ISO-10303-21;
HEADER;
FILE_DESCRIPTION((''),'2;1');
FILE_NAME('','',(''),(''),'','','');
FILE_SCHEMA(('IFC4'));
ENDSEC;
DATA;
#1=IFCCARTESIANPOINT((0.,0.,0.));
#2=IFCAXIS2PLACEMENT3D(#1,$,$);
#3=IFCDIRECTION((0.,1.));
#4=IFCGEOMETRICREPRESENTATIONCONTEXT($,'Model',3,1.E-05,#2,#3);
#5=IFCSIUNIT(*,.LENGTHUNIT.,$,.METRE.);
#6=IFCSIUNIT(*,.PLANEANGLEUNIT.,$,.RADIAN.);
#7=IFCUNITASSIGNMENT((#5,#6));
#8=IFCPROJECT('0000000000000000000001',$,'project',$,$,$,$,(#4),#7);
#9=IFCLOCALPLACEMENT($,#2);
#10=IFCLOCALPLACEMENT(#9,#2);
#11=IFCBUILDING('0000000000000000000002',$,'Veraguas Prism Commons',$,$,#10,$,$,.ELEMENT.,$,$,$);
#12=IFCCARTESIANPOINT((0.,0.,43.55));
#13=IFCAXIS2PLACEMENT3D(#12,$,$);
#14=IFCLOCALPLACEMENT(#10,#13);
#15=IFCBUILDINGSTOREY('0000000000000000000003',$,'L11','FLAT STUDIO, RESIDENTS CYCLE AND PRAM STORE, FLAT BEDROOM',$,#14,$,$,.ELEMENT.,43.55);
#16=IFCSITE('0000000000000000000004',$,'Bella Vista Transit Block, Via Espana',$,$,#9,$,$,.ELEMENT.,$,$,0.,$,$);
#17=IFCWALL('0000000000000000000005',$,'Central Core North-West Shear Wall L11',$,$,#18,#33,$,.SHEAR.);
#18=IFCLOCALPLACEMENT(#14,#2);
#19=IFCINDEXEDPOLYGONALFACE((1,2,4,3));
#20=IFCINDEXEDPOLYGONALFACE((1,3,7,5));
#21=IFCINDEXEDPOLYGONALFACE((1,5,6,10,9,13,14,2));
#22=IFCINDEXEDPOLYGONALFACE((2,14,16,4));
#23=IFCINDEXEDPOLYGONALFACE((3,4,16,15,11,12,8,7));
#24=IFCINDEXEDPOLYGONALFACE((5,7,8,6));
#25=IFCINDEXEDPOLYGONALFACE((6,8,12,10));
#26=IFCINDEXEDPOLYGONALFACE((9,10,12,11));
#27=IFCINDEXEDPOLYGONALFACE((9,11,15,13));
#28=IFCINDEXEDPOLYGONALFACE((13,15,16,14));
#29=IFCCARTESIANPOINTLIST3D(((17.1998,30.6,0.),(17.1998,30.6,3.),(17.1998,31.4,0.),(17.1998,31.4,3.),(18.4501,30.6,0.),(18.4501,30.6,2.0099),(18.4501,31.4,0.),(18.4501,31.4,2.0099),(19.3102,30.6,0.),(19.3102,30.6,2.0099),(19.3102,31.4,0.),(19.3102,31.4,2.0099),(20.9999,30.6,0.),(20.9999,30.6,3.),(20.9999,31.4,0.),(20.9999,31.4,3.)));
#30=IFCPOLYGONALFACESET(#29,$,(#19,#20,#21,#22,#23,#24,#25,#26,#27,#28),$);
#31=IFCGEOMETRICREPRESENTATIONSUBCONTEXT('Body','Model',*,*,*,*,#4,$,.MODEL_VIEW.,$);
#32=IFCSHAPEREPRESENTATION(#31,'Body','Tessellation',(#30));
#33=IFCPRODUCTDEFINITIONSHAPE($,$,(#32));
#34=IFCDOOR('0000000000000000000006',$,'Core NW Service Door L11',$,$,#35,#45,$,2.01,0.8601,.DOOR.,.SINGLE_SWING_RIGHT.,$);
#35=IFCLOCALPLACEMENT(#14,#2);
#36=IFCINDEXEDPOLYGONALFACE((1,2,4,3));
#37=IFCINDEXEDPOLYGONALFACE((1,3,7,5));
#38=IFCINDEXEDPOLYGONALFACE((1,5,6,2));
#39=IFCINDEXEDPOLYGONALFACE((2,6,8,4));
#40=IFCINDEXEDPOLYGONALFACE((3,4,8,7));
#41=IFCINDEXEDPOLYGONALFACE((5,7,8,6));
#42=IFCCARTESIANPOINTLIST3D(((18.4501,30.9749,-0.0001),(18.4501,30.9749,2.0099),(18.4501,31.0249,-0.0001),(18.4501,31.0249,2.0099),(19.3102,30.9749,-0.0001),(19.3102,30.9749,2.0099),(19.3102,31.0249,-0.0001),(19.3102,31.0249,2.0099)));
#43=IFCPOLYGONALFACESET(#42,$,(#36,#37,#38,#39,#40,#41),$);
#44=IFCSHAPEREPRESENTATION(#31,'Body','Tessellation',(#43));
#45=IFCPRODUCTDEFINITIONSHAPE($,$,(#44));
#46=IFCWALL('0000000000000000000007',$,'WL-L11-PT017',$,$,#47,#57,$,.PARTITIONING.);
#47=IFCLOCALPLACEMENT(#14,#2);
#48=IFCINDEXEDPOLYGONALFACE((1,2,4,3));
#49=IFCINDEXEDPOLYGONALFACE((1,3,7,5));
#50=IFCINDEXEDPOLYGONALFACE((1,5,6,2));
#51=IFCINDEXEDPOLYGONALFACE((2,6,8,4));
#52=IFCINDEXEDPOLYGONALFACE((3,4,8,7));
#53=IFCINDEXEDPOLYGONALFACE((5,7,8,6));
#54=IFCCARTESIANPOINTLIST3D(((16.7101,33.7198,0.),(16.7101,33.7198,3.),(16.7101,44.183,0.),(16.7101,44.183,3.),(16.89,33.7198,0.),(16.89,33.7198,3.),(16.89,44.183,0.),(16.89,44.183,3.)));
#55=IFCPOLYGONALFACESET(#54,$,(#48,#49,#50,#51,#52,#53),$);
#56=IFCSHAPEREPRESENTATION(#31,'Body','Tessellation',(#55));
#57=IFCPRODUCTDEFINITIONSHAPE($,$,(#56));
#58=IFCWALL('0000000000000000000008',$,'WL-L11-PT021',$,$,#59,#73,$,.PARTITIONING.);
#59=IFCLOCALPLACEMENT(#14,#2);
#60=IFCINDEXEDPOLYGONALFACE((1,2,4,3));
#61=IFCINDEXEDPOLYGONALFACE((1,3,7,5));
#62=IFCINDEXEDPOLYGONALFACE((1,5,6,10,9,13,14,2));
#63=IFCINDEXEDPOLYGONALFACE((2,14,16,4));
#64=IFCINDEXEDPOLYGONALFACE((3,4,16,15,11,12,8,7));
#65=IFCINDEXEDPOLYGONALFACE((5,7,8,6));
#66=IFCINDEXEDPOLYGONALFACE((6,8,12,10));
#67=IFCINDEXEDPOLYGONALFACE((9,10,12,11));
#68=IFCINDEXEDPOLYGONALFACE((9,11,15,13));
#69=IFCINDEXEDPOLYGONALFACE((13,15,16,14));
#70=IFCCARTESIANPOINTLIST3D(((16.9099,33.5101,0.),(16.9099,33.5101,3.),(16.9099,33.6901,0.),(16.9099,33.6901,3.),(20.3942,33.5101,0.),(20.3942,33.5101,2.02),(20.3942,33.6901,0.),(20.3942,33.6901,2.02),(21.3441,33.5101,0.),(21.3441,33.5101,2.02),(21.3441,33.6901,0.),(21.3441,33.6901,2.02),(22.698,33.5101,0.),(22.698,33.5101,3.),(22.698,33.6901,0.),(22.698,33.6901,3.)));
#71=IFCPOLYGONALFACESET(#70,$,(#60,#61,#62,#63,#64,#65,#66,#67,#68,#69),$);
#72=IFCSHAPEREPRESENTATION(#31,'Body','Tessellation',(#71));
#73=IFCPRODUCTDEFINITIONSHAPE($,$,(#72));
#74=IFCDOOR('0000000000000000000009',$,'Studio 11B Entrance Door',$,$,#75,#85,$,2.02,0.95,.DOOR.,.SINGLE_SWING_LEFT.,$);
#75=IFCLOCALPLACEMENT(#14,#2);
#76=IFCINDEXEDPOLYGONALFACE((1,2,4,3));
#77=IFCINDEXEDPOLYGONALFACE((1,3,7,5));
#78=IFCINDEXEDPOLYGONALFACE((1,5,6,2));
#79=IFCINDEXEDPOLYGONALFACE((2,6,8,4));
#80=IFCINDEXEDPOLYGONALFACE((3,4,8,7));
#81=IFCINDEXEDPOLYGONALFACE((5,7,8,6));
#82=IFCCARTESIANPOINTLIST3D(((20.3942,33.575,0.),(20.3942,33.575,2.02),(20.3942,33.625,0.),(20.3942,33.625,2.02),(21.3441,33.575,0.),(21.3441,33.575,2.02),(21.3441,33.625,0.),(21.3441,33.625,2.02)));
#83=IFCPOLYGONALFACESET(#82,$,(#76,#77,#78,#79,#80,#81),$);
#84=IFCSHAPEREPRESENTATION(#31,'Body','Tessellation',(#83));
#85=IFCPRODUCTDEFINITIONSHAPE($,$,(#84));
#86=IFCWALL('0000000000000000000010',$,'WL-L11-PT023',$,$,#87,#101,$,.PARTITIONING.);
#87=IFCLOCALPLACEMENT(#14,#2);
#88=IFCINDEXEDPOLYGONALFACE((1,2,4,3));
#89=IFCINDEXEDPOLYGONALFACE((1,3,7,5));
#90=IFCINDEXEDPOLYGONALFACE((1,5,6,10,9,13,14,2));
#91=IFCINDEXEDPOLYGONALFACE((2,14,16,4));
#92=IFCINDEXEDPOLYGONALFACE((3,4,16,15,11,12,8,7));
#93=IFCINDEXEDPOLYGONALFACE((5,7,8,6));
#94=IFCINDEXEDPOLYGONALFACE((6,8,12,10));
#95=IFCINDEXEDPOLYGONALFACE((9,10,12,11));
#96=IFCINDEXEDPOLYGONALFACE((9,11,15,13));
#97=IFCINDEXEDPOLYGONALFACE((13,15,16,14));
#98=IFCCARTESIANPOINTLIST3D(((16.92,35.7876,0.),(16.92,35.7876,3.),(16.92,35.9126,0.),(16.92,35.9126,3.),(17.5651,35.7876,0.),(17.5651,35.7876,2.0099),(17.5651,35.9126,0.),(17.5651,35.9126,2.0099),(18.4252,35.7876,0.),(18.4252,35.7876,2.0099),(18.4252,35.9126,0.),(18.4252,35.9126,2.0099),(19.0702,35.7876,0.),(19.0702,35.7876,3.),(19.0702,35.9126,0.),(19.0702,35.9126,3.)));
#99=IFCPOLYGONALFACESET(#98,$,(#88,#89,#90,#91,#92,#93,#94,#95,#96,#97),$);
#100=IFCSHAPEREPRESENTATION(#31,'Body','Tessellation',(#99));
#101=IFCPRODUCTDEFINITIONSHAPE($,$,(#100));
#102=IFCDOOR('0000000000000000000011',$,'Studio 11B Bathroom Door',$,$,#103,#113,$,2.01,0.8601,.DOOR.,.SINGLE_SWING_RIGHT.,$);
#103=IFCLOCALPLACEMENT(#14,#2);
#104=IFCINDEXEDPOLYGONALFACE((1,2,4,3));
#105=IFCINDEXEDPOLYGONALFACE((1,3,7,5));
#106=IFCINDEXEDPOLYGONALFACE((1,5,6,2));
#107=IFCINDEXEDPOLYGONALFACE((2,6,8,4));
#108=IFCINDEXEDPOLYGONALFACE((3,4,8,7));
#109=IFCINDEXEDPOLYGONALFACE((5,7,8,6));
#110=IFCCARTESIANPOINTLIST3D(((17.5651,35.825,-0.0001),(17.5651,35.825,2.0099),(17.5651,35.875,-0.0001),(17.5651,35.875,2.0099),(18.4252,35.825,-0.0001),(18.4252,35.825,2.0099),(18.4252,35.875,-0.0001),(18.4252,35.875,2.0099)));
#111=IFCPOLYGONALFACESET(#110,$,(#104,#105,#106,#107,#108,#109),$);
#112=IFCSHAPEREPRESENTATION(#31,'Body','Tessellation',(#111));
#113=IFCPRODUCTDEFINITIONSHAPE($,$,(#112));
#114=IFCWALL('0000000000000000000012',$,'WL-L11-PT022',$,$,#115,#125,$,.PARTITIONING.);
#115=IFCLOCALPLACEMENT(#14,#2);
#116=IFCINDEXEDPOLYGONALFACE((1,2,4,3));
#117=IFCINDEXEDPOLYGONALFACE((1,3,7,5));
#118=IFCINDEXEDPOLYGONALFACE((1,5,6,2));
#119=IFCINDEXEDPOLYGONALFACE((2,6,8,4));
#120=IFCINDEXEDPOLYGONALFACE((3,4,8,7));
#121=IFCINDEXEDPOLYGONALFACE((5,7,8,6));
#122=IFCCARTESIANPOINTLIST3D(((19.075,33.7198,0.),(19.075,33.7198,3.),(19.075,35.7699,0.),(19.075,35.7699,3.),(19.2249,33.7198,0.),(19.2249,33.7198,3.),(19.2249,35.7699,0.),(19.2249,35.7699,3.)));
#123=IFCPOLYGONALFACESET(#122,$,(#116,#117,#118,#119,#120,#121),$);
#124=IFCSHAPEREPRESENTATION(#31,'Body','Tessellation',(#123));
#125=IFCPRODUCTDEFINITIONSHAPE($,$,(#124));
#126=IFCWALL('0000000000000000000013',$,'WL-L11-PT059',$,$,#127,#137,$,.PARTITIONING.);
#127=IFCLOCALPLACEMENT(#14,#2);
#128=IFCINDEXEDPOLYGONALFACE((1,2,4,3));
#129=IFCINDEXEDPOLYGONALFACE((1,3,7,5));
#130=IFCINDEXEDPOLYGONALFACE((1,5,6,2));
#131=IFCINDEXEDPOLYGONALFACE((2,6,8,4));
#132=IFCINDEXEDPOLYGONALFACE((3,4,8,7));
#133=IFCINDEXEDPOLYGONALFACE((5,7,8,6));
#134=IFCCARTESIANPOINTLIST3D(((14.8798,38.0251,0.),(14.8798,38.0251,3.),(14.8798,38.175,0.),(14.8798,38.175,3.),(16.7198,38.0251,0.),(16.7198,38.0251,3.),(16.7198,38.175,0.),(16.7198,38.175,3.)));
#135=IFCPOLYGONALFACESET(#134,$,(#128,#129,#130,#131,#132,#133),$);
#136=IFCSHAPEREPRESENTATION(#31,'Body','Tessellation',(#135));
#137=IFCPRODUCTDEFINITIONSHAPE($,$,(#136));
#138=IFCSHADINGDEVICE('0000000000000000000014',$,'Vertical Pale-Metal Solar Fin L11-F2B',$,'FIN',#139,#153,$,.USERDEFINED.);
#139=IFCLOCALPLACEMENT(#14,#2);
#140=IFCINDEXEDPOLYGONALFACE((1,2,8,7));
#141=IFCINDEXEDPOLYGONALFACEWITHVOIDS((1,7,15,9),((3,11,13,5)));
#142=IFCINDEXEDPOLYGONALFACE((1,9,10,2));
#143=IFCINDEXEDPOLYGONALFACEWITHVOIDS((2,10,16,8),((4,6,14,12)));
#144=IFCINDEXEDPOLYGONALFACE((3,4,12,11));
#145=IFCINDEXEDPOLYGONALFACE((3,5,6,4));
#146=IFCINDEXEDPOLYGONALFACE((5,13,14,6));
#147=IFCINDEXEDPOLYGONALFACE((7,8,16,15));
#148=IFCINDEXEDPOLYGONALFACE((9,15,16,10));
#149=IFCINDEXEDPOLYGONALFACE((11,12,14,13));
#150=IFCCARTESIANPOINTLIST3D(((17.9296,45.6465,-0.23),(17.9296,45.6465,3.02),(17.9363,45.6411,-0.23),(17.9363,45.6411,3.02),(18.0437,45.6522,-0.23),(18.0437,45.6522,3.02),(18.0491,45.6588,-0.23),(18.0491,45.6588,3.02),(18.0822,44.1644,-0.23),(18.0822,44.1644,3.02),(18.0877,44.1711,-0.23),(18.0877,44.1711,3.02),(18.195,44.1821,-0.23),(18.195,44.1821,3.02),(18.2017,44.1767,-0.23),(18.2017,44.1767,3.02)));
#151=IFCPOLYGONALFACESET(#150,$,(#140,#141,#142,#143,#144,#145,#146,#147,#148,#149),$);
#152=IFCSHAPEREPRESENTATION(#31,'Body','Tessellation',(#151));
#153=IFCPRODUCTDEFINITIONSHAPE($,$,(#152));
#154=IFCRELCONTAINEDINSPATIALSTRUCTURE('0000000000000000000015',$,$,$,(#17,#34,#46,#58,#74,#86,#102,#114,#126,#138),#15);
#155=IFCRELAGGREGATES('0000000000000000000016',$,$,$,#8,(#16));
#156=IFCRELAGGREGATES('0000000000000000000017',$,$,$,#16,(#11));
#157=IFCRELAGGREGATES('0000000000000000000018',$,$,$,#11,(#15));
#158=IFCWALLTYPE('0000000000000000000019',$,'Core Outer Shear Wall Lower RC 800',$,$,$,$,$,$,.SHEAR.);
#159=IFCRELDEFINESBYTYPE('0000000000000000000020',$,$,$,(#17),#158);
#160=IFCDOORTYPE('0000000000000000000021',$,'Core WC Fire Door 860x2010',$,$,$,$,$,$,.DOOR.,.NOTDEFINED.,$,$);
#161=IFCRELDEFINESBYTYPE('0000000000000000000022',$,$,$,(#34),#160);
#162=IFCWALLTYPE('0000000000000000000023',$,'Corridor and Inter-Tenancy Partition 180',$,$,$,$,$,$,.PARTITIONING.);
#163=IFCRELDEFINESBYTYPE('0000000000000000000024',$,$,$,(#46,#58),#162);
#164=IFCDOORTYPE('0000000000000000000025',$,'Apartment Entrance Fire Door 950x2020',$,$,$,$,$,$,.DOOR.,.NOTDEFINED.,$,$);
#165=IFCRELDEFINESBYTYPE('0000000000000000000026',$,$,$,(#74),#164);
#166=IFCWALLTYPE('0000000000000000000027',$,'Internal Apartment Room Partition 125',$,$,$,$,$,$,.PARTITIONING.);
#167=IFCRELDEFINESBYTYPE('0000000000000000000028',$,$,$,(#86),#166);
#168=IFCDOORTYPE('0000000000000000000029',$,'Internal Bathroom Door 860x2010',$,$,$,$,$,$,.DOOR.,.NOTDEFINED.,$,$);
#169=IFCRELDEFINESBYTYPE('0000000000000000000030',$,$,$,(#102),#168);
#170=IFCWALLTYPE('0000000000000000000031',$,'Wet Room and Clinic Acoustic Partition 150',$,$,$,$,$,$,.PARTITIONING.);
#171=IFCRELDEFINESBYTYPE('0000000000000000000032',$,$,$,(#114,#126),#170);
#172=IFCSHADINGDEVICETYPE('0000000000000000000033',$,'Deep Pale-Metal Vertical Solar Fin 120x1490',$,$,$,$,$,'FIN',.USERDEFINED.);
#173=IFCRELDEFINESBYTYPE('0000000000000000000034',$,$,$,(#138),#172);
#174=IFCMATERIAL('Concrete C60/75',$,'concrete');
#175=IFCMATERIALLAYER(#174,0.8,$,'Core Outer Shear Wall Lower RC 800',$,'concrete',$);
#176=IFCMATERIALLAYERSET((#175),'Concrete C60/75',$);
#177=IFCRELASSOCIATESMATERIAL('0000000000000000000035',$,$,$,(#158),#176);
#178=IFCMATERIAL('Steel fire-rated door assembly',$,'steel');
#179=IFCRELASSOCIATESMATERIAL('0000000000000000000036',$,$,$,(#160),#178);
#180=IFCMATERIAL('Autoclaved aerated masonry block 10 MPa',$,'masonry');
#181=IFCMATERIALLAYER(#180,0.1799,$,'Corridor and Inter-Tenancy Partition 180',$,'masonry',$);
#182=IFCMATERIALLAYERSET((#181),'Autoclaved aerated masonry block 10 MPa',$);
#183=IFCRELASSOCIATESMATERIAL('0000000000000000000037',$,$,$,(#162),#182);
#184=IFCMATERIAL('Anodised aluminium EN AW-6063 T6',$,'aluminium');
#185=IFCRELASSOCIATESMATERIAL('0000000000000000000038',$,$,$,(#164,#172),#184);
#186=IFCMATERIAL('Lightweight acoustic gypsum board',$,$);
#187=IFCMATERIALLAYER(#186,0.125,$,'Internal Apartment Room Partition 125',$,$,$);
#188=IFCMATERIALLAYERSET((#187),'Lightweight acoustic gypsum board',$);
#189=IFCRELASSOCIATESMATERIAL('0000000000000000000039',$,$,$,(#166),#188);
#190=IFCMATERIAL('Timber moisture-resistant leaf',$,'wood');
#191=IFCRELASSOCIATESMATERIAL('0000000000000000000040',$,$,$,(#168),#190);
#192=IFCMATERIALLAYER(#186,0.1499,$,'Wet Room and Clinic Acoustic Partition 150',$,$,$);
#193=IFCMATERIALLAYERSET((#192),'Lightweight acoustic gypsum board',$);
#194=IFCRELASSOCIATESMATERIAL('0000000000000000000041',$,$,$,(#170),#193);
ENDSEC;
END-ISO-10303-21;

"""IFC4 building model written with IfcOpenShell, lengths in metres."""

from ifc_helpers import new_model, si_unit, direction, frame, frame_2d, origin, origin_2d, place, context, subcontext, project, spatial, rectangle, hollow_rectangle, extrude, source, transform, mapped, material, layer, layer_set, material_profile, profile_set, type_object, element, fill, save


model = new_model("IFC4")

# Units and contexts
model_context = context("Model", 3, precision=1e-05, world=origin(), true_north=direction((0.0, 1.0)))
body_context = subcontext(model_context, "Body", "Model", "MODEL_VIEW")
ifc_project = project(units=[si_unit("LENGTHUNIT", "METRE"), si_unit("PLANEANGLEUNIT", "RADIAN")], contexts=[model_context])

# Site, building, storey
site_placement = place(None, origin())
site = spatial("IfcSite", under=ifc_project, at=site_placement, Name="Bella Vista Transit Block, Via Espana", CompositionType="ELEMENT", RefElevation=0.0)
building_placement = place(site_placement, origin())
building = spatial("IfcBuilding", under=site, at=building_placement, Name="Veraguas Prism Commons", CompositionType="ELEMENT")
storey_placement = place(building_placement, frame((0.0, 0.0, 43.55)))
storey = spatial("IfcBuildingStorey", under=building, at=storey_placement, Name="L11", Description="FLAT STUDIO, RESIDENTS CYCLE AND PRAM STORE, FLAT BEDROOM", CompositionType="ELEMENT", Elevation=43.55)

# Shared definitions
ifc_material_1 = material(Name="Concrete C60/75", Category="concrete")

# Shared definitions
ifc_material_2 = material(Name="Anodised aluminium EN AW-6063 T6", Category="aluminium")

# Wall, opening, door
ifc_layer_1 = layer(ifc_material_1, 0.8, Name="Core Outer Shear Wall Lower RC 800", Category="concrete")
ifc_layer_set_1 = layer_set([ifc_layer_1], Name="Concrete C60/75")
wall_type_1 = type_object("IfcWallType", Name="Core Outer Shear Wall Lower RC 800", PredefinedType="SHEAR", material=ifc_layer_set_1)
wall_1_placement = place(storey_placement, frame((17.2, 31.0, 0.0), z_axis=(0.0, 0.0, 1.0), x_axis=(1.0, 0.0, 0.0)))
wall_1 = element("IfcWall", 1, at=wall_1_placement, inside=storey, type_object=wall_type_1, Name="Central Core North-West Shear Wall L11", PredefinedType="SHEAR", context=body_context, shape_type="SweptSolid", body=[
    extrude(rectangle(XDim=3.8, YDim=0.8, at=frame_2d((1.8999, 0.0))), origin(), (0.0, 0.0, 1.0), 3.0),
])
opening_1_placement = place(wall_1_placement, frame((1.25, 0.0, 0.0)))
opening_1 = element("IfcOpeningElement", 2, at=opening_1_placement, cuts=wall_1, PredefinedType="OPENING", context=body_context, shape_type="SweptSolid", body=[
    extrude(rectangle(XDim=0.8601, YDim=2.01, at=frame_2d((0.4302, 1.0049))), frame((0.0, 0.4099, 0.0), z_axis=(0.0, -1.0, 0.0), x_axis=(1.0, 0.0, 0.0)), (0.0, 0.0, 1.0), 0.8201),
])
ifc_material_3 = material(Name="Steel fire-rated door assembly", Category="steel")
door_type_1 = type_object("IfcDoorType", Name="Core WC Fire Door 860x2010", OperationType="NOTDEFINED", PredefinedType="DOOR", material=ifc_material_3)
shared_shape_1 = source(origin(), body_context, "Body", "SweptSolid", [
    extrude(rectangle(XDim=0.8601, YDim=2.01, at=frame_2d((0.4302, 1.0049))), frame((0.0, 0.0249, 0.0), z_axis=(0.0, -1.0, 0.0), x_axis=(1.0, 0.0, 0.0)), (0.0, 0.0, 1.0), 0.05),
])
door_1_placement = place(opening_1_placement, origin())
door_1 = element("IfcDoor", 3, at=door_1_placement, inside=storey, type_object=door_type_1, Name="Core NW Service Door L11", OperationType="SINGLE_SWING_RIGHT", OverallHeight=2.01, OverallWidth=0.8601, PredefinedType="DOOR", context=body_context, shape_type="MappedRepresentation", body=[
    mapped(shared_shape_1, transform((0.0, 0.0, 0.0), scale=1.0)),
])
fill(opening_1, door_1)

# Wall
ifc_material_4 = material(Name="Autoclaved aerated masonry block 10 MPa", Category="masonry")
ifc_layer_2 = layer(ifc_material_4, 0.1799, Name="Corridor and Inter-Tenancy Partition 180", Category="masonry")
ifc_layer_set_2 = layer_set([ifc_layer_2], Name="Autoclaved aerated masonry block 10 MPa")
wall_type_2 = type_object("IfcWallType", Name="Corridor and Inter-Tenancy Partition 180", PredefinedType="PARTITIONING", material=ifc_layer_set_2)
wall_2_placement = place(storey_placement, frame((16.8, 33.72, 0.0), z_axis=(0.0, 0.0, 1.0), x_axis=(0.0, 1.0, 0.0)))
element("IfcWall", 4, at=wall_2_placement, inside=storey, type_object=wall_type_2, Name="WL-L11-PT017", PredefinedType="PARTITIONING", context=body_context, shape_type="SweptSolid", body=[
    extrude(rectangle(XDim=10.4631, YDim=0.1799, at=frame_2d((5.2314, 0.0))), origin(), (0.0, 0.0, 1.0), 3.0),
])

# Walls, openings, doors
wall_3_placement = place(storey_placement, frame((16.9099, 33.6001, 0.0), z_axis=(0.0, 0.0, 1.0), x_axis=(1.0, 0.0, 0.0)))
wall_3 = element("IfcWall", 5, at=wall_3_placement, inside=storey, type_object=wall_type_2, Name="WL-L11-PT021", PredefinedType="PARTITIONING", context=body_context, shape_type="SweptSolid", body=[
    extrude(rectangle(XDim=5.7881, YDim=0.1799, at=frame_2d((2.894, 0.0))), origin(), (0.0, 0.0, 1.0), 3.0),
])
opening_2_placement = place(wall_3_placement, frame((3.4841, 0.0, 0.0)))
opening_2 = element("IfcOpeningElement", 6, at=opening_2_placement, cuts=wall_3, PredefinedType="OPENING", context=body_context, shape_type="SweptSolid", body=[
    extrude(rectangle(XDim=0.95, YDim=2.02, at=frame_2d((0.4751, 1.01))), frame((0.0, 0.0999, 0.0), z_axis=(0.0, -1.0, 0.0), x_axis=(1.0, 0.0, 0.0)), (0.0, 0.0, 1.0), 0.2),
])
door_type_2 = type_object("IfcDoorType", Name="Apartment Entrance Fire Door 950x2020", OperationType="NOTDEFINED", PredefinedType="DOOR", material=ifc_material_2)
shared_shape_2 = source(origin(), body_context, "Body", "SweptSolid", [
    extrude(rectangle(XDim=0.95, YDim=2.02, at=frame_2d((0.4751, 1.01))), frame((0.0, 0.0249, 0.0), z_axis=(0.0, -1.0, 0.0), x_axis=(1.0, 0.0, 0.0)), (0.0, 0.0, 1.0), 0.05),
])
door_2_placement = place(opening_2_placement, origin())
door_2 = element("IfcDoor", 7, at=door_2_placement, inside=storey, type_object=door_type_2, Name="Studio 11B Entrance Door", OperationType="SINGLE_SWING_LEFT", OverallHeight=2.02, OverallWidth=0.95, PredefinedType="DOOR", context=body_context, shape_type="MappedRepresentation", body=[
    mapped(shared_shape_2, transform((0.0, 0.0, 0.0), scale=1.0)),
])
fill(opening_2, door_2)
ifc_material_5 = material(Name="Lightweight acoustic gypsum board")
ifc_layer_3 = layer(ifc_material_5, 0.125, Name="Internal Apartment Room Partition 125")
ifc_layer_set_3 = layer_set([ifc_layer_3], Name="Lightweight acoustic gypsum board")
wall_type_3 = type_object("IfcWallType", Name="Internal Apartment Room Partition 125", PredefinedType="PARTITIONING", material=ifc_layer_set_3)
wall_4_placement = place(storey_placement, frame((16.9199, 35.8501, 0.0), z_axis=(0.0, 0.0, 1.0), x_axis=(1.0, 0.0, 0.0)))
wall_4 = element("IfcWall", 8, at=wall_4_placement, inside=storey, type_object=wall_type_3, Name="WL-L11-PT023", PredefinedType="PARTITIONING", context=body_context, shape_type="SweptSolid", body=[
    extrude(rectangle(XDim=2.1501, YDim=0.125, at=frame_2d((1.0752, 0.0))), origin(), (0.0, 0.0, 1.0), 3.0),
])
opening_3_placement = place(wall_4_placement, frame((0.645, 0.0, 0.0)))
opening_3 = element("IfcOpeningElement", 9, at=opening_3_placement, cuts=wall_4, PredefinedType="OPENING", context=body_context, shape_type="SweptSolid", body=[
    extrude(rectangle(XDim=0.8601, YDim=2.01, at=frame_2d((0.4302, 1.0049))), frame((0.0, 0.0725, 0.0), z_axis=(0.0, -1.0, 0.0), x_axis=(1.0, 0.0, 0.0)), (0.0, 0.0, 1.0), 0.145),
])
ifc_material_6 = material(Name="Timber moisture-resistant leaf", Category="wood")
door_type_3 = type_object("IfcDoorType", Name="Internal Bathroom Door 860x2010", OperationType="NOTDEFINED", PredefinedType="DOOR", material=ifc_material_6)
door_3_placement = place(opening_3_placement, origin())
door_3 = element("IfcDoor", 10, at=door_3_placement, inside=storey, type_object=door_type_3, Name="Studio 11B Bathroom Door", OperationType="SINGLE_SWING_RIGHT", OverallHeight=2.01, OverallWidth=0.8601, PredefinedType="DOOR", context=body_context, shape_type="MappedRepresentation", body=[
    mapped(shared_shape_1, transform((0.0, 0.0, 0.0), scale=1.0)),
])
fill(opening_3, door_3)

# Walls
ifc_layer_4 = layer(ifc_material_5, 0.1499, Name="Wet Room and Clinic Acoustic Partition 150")
ifc_layer_set_4 = layer_set([ifc_layer_4], Name="Lightweight acoustic gypsum board")
wall_type_4 = type_object("IfcWallType", Name="Wet Room and Clinic Acoustic Partition 150", PredefinedType="PARTITIONING", material=ifc_layer_set_4)
wall_5_placement = place(storey_placement, frame((19.1499, 33.72, 0.0), z_axis=(0.0, 0.0, 1.0), x_axis=(0.0, 1.0, 0.0)))
element("IfcWall", 11, at=wall_5_placement, inside=storey, type_object=wall_type_4, Name="WL-L11-PT022", PredefinedType="PARTITIONING", context=body_context, shape_type="SweptSolid", body=[
    extrude(rectangle(XDim=2.05, YDim=0.1499, at=frame_2d((1.0249, 0.0))), origin(), (0.0, 0.0, 1.0), 3.0),
])
wall_6_placement = place(storey_placement, frame((14.8799, 38.1001, 0.0), z_axis=(0.0, 0.0, 1.0), x_axis=(1.0, 0.0, 0.0)))
element("IfcWall", 12, at=wall_6_placement, inside=storey, type_object=wall_type_4, Name="WL-L11-PT059", PredefinedType="PARTITIONING", context=body_context, shape_type="SweptSolid", body=[
    extrude(rectangle(XDim=1.8401, YDim=0.1499, at=frame_2d((0.9199, 0.0))), origin(), (0.0, 0.0, 1.0), 3.0),
])

# Shading device
ifc_material_profile_1 = material_profile(ifc_material_2, hollow_rectangle(XDim=0.1201, YDim=1.49, WallThickness=0.0061, at=origin_2d()), Name="FIN120X1490X6")
ifc_profile_set_1 = profile_set([ifc_material_profile_1], Name="Anodised aluminium EN AW-6063 T6")
shading_device_type = type_object("IfcShadingDeviceType", Name="Deep Pale-Metal Vertical Solar Fin 120x1490", ElementType="FIN", PredefinedType="USERDEFINED", material=ifc_profile_set_1)
shading_device_placement = place(storey_placement, frame((18.0657, 44.9116, -0.23), z_axis=(0.0, 0.0, 1.0), x_axis=(-0.994739, -0.102442, 0.0)))
element("IfcShadingDevice", 13, at=shading_device_placement, inside=storey, type_object=shading_device_type, Name="Vertical Pale-Metal Solar Fin L11-F2B", ObjectType="FIN", PredefinedType="USERDEFINED", context=body_context, shape_type="SweptSolid", body=[
    extrude(hollow_rectangle(XDim=0.1201, YDim=1.49, WallThickness=0.0061, at=origin_2d()), origin(), (0.0, 0.0, 1.0), 3.25),
])

save(model, "model.ifc")
